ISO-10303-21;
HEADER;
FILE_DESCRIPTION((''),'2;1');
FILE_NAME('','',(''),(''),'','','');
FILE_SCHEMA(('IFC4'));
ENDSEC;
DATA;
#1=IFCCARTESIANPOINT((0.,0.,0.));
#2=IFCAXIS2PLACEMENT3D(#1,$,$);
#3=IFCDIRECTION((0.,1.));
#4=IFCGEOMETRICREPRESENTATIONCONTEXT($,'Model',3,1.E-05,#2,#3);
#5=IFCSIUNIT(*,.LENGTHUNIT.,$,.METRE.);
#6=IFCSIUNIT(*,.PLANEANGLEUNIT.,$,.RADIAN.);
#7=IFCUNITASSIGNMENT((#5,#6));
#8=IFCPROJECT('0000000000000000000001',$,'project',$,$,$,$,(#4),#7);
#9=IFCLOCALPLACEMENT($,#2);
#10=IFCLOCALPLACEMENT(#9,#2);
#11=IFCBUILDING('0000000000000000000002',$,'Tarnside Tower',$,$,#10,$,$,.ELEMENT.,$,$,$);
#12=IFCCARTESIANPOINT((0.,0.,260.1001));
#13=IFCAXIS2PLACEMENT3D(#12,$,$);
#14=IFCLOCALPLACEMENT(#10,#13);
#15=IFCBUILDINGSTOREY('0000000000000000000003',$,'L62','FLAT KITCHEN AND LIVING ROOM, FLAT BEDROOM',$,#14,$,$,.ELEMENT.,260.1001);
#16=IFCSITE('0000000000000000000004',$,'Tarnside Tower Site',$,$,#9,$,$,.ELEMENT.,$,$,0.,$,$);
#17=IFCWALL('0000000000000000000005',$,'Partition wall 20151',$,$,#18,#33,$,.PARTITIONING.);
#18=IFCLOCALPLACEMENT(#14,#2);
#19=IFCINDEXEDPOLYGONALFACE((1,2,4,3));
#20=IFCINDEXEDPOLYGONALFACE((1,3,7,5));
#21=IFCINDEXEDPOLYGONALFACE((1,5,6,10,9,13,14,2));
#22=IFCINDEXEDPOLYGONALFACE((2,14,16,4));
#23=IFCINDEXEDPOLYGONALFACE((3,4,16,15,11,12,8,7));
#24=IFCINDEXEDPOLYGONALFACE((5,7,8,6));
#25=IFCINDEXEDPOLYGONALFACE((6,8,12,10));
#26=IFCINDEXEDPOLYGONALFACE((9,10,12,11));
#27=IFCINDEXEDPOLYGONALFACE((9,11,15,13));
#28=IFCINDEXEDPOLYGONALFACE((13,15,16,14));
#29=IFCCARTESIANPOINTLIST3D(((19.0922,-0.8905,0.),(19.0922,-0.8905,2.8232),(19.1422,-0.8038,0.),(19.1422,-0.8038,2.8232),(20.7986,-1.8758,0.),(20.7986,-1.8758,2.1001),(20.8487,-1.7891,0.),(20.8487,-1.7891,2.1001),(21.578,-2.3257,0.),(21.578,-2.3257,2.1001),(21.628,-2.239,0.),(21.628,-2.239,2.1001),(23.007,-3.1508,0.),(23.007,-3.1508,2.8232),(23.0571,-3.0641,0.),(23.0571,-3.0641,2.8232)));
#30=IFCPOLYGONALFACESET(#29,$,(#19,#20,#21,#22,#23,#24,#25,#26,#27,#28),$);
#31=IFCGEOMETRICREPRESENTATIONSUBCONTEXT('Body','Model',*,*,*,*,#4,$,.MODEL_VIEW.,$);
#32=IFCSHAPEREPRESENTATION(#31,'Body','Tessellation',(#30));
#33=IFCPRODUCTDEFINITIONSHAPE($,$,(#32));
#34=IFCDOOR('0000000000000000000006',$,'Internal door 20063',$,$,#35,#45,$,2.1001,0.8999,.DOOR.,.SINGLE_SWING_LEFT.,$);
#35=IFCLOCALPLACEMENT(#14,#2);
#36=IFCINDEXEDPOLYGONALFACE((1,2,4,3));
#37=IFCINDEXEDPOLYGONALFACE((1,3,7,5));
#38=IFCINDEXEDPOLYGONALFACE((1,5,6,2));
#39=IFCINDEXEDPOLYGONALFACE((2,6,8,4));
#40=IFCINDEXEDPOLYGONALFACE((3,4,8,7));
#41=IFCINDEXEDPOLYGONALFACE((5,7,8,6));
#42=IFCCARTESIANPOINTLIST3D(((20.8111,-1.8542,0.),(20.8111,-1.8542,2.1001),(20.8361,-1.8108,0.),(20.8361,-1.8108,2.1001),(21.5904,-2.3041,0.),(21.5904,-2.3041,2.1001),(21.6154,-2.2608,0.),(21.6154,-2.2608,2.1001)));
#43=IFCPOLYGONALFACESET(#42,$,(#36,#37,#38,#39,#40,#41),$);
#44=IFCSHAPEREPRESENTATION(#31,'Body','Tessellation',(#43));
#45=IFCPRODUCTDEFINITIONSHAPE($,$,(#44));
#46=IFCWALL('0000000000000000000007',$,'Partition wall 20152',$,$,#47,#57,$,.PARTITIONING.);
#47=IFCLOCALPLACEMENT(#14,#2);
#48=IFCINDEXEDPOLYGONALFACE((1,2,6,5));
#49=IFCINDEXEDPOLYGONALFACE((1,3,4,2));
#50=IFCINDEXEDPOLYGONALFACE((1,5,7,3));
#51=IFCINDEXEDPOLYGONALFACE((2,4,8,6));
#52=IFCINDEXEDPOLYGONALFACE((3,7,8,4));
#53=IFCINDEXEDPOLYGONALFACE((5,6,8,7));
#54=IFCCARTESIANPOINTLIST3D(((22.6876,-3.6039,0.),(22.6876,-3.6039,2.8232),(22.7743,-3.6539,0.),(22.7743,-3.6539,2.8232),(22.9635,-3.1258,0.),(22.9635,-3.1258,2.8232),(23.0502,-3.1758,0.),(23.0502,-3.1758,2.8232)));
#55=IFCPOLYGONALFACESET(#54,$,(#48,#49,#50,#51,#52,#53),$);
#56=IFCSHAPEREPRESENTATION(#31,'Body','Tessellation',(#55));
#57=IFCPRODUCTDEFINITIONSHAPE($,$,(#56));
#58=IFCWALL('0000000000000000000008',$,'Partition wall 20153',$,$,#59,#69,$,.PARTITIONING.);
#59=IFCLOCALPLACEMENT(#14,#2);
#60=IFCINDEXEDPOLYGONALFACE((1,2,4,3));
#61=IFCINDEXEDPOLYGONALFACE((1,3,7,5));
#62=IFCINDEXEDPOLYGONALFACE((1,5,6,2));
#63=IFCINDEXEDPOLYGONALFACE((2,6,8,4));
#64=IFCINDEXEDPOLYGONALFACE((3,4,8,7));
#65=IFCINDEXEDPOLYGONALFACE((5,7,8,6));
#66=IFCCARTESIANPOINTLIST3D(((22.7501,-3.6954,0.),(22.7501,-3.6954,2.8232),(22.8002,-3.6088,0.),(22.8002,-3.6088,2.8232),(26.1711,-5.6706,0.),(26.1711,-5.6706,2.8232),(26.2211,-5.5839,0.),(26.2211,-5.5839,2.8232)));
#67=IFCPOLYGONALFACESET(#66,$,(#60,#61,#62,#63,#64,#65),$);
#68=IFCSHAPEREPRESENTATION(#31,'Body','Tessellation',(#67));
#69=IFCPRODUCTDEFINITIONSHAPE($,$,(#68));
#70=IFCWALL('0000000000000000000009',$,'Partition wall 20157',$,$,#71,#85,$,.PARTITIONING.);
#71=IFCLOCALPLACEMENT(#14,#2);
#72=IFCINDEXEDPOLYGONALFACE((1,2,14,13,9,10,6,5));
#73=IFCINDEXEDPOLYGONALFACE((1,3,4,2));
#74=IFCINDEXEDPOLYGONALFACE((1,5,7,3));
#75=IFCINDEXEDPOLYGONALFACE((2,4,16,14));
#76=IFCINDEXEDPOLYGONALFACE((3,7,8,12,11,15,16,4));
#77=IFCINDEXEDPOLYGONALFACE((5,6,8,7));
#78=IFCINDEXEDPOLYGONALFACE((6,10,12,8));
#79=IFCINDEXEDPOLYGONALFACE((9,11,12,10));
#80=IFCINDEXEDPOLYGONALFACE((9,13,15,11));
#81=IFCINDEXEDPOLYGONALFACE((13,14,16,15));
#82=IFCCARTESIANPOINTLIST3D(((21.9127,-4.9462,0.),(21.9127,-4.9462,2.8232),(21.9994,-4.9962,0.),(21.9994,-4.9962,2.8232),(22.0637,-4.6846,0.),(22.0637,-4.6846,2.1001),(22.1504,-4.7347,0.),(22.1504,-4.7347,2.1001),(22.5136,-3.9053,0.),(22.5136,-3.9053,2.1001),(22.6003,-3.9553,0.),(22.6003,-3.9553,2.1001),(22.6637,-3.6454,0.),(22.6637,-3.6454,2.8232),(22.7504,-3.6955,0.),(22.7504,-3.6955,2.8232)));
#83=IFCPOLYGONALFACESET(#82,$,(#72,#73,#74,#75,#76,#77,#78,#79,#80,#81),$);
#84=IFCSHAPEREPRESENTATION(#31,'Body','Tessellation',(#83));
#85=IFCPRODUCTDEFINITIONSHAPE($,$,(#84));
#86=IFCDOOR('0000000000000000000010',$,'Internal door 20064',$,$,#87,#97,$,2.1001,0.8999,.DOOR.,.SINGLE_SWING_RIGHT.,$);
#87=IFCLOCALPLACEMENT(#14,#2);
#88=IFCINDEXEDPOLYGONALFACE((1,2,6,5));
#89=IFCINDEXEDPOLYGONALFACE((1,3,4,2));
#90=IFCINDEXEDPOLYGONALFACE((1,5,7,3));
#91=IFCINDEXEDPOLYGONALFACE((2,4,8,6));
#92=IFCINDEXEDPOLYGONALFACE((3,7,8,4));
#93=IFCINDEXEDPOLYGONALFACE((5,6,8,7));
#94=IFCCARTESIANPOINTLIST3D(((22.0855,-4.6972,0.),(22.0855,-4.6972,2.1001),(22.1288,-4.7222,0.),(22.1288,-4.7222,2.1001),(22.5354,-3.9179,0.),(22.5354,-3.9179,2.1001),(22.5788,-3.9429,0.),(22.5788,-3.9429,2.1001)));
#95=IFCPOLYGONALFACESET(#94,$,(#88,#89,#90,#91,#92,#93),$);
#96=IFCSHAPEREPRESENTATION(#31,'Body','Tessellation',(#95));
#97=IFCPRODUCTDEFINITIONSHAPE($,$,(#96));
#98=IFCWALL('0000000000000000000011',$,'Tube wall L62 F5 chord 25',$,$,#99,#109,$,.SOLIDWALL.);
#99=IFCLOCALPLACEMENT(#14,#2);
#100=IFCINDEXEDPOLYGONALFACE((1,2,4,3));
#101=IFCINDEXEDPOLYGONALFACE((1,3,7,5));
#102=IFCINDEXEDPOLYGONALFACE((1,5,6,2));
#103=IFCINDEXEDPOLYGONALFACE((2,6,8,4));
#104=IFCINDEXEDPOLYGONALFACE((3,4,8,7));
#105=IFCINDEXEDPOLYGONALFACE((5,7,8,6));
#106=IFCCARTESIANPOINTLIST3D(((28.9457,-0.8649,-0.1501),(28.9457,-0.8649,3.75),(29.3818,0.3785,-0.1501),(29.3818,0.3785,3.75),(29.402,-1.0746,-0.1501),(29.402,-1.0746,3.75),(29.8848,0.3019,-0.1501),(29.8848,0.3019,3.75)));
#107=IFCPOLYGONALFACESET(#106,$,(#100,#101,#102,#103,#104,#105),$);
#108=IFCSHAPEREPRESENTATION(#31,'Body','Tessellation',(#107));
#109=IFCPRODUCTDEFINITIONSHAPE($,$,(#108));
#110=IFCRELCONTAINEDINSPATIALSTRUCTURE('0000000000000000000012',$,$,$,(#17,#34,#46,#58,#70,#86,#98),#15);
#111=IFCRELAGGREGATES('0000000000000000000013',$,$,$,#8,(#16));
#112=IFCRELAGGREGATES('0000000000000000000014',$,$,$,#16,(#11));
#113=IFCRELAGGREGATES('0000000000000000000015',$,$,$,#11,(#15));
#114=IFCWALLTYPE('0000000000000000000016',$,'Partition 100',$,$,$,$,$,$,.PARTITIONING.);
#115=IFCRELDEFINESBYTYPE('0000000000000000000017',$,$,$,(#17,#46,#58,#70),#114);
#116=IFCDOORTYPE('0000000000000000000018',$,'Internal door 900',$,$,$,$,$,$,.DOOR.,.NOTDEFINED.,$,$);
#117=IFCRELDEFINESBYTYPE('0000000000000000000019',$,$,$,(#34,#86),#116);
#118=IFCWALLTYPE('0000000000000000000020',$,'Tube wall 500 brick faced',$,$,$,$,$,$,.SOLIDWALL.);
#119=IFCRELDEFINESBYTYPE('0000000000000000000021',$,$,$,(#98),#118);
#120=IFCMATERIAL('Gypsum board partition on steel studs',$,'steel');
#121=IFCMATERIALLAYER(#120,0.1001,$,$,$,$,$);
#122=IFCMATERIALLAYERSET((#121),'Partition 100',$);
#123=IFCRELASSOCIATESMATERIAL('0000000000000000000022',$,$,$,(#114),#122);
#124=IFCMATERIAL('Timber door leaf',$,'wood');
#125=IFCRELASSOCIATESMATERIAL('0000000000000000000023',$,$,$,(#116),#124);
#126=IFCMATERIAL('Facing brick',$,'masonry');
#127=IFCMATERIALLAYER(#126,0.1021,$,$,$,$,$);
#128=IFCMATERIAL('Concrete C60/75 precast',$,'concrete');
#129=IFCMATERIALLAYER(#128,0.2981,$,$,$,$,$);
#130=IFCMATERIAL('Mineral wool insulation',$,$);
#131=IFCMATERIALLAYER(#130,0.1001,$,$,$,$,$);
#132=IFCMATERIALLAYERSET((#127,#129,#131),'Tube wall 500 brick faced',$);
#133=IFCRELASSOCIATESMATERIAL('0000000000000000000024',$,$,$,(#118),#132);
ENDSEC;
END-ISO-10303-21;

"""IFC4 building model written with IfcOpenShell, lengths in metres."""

from ifc_helpers import new_model, si_unit, direction, frame, frame_2d, origin, place, context, subcontext, project, spatial, polyline, rectangle, outline, extrude, material, layer, layer_set, type_object, element, fill, save


model = new_model("IFC4")

# Units and contexts
model_context = context("Model", 3, precision=1e-05, world=origin(), true_north=direction((0.0, 1.0)))
body_context = subcontext(model_context, "Body", "Model", "MODEL_VIEW")
ifc_project = project(units=[si_unit("LENGTHUNIT", "METRE"), si_unit("PLANEANGLEUNIT", "RADIAN")], contexts=[model_context])

# Site, building, storey
site_placement = place(None, origin())
site = spatial("IfcSite", under=ifc_project, at=site_placement, Name="Tarnside Tower Site", CompositionType="ELEMENT", RefElevation=0.0)
building_placement = place(site_placement, origin())
building = spatial("IfcBuilding", under=site, at=building_placement, Name="Tarnside Tower", CompositionType="ELEMENT")
storey_placement = place(building_placement, frame((0.0, 0.0, 260.1001)))
storey = spatial("IfcBuildingStorey", under=building, at=storey_placement, Name="L62", Description="FLAT KITCHEN AND LIVING ROOM, FLAT BEDROOM", CompositionType="ELEMENT", Elevation=260.1001)

# Shared definitions
ifc_material_1 = material(Name="Gypsum board partition on steel studs", Category="steel")

# Shared definitions
ifc_material_2 = material(Name="Timber door leaf", Category="wood")

# Wall, opening, door
ifc_layer_1 = layer(ifc_material_1, 0.1001)
ifc_layer_set_1 = layer_set([ifc_layer_1], Name="Partition 100")
wall_type_1 = type_object("IfcWallType", Name="Partition 100", PredefinedType="PARTITIONING", material=ifc_layer_set_1)
wall_1_placement = place(storey_placement, frame((19.1172, -0.8472, 0.0), z_axis=(0.0, 0.0, 1.0), x_axis=(0.866021, -0.500008, 0.0)))
wall_1 = element("IfcWall", 1, at=wall_1_placement, inside=storey, type_object=wall_type_1, Name="Partition wall 20151", PredefinedType="PARTITIONING", context=body_context, shape_type="SweptSolid", body=[
    extrude(rectangle(XDim=4.5205, YDim=0.1001, at=frame_2d((2.2603, 0.0))), origin(), (0.0, 0.0, 1.0), 2.8232),
])
opening_1_placement = place(wall_1_placement, frame((1.9705, 0.0, 0.0)))
opening_1 = element("IfcOpeningElement", 2, at=opening_1_placement, cuts=wall_1, PredefinedType="OPENING", context=body_context, shape_type="SweptSolid", body=[
    extrude(rectangle(XDim=0.8999, YDim=2.1001, at=frame_2d((0.45, 1.05))), frame((0.0, 0.0601, 0.0), z_axis=(0.0, -1.0, 0.0), x_axis=(1.0, 0.0, 0.0)), (0.0, 0.0, 1.0), 0.1201),
])
door_type_1 = type_object("IfcDoorType", Name="Internal door 900", OperationType="NOTDEFINED", PredefinedType="DOOR", material=ifc_material_2)
door_1_placement = place(opening_1_placement, origin())
door_1 = element("IfcDoor", 3, at=door_1_placement, inside=storey, type_object=door_type_1, Name="Internal door 20063", OperationType="SINGLE_SWING_LEFT", OverallHeight=2.1001, OverallWidth=0.8999, PredefinedType="DOOR", context=body_context, shape_type="SweptSolid", body=[
    extrude(rectangle(XDim=0.8999, YDim=2.1001, at=frame_2d((0.45, 1.05))), frame((0.0, 0.0249, 0.0), z_axis=(0.0, -1.0, 0.0), x_axis=(1.0, 0.0, 0.0)), (0.0, 0.0, 1.0), 0.05),
])
fill(opening_1, door_1)

# Walls
wall_2_placement = place(storey_placement, frame((23.0068, -3.1509, 0.0), z_axis=(0.0, 0.0, 1.0), x_axis=(-0.49985, -0.866112, 0.0)))
element("IfcWall", 4, at=wall_2_placement, inside=storey, type_object=wall_type_1, Name="Partition wall 20152", PredefinedType="PARTITIONING", context=body_context, shape_type="SweptSolid", body=[
    extrude(rectangle(XDim=0.552, YDim=0.1001, at=frame_2d((0.2759, 0.0))), origin(), (0.0, 0.0, 1.0), 2.8232),
])
wall_3_placement = place(storey_placement, frame((22.7751, -3.6521, 0.0), z_axis=(0.0, 0.0, 1.0), x_axis=(0.866021, -0.500008, 0.0)))
element("IfcWall", 5, at=wall_3_placement, inside=storey, type_object=wall_type_1, Name="Partition wall 20153", PredefinedType="PARTITIONING", context=body_context, shape_type="SweptSolid", body=[
    extrude(rectangle(XDim=3.9502, YDim=0.1001, at=frame_2d((1.9751, 0.0))), origin(), (0.0, 0.0, 1.0), 2.8232),
])

# Wall, opening, door
wall_4_placement = place(storey_placement, frame((21.9561, -4.9712, 0.0), z_axis=(0.0, 0.0, 1.0), x_axis=(0.499985, 0.866034, 0.0)))
wall_4 = element("IfcWall", 6, at=wall_4_placement, inside=storey, type_object=wall_type_1, Name="Partition wall 20157", PredefinedType="PARTITIONING", context=body_context, shape_type="SweptSolid", body=[
    extrude(rectangle(XDim=1.502, YDim=0.1001, at=frame_2d((0.751, 0.0))), origin(), (0.0, 0.0, 1.0), 2.8232),
])
opening_2_placement = place(wall_4_placement, frame((0.302, 0.0, 0.0)))
opening_2 = element("IfcOpeningElement", 7, at=opening_2_placement, cuts=wall_4, PredefinedType="OPENING", context=body_context, shape_type="SweptSolid", body=[
    extrude(rectangle(XDim=0.8999, YDim=2.1001, at=frame_2d((0.45, 1.05))), frame((0.0, 0.0601, 0.0), z_axis=(0.0, -1.0, 0.0), x_axis=(1.0, 0.0, 0.0)), (0.0, 0.0, 1.0), 0.1201),
])
door_2_placement = place(opening_2_placement, origin())
door_2 = element("IfcDoor", 8, at=door_2_placement, inside=storey, type_object=door_type_1, Name="Internal door 20064", OperationType="SINGLE_SWING_RIGHT", OverallHeight=2.1001, OverallWidth=0.8999, PredefinedType="DOOR", context=body_context, shape_type="SweptSolid", body=[
    extrude(rectangle(XDim=0.8999, YDim=2.1001, at=frame_2d((0.45, 1.05))), frame((0.0, 0.0249, 0.0), z_axis=(0.0, -1.0, 0.0), x_axis=(1.0, 0.0, 0.0)), (0.0, 0.0, 1.0), 0.05),
])
fill(opening_2, door_2)

# Wall
ifc_material_3 = material(Name="Facing brick", Category="masonry")
ifc_layer_2 = layer(ifc_material_3, 0.1021)
ifc_material_4 = material(Name="Concrete C60/75 precast", Category="concrete")
ifc_layer_3 = layer(ifc_material_4, 0.2981)
ifc_material_5 = material(Name="Mineral wool insulation")
ifc_layer_4 = layer(ifc_material_5, 0.1001)
ifc_layer_set_2 = layer_set([ifc_layer_2, ifc_layer_3, ifc_layer_4], Name="Tube wall 500 brick faced")
wall_type_2 = type_object("IfcWallType", Name="Tube wall 500 brick faced", PredefinedType="SOLIDWALL", material=ifc_layer_set_2)
wall_5_placement = place(storey_placement, frame((29.1738, -0.9697, -0.1501), z_axis=(0.0, 0.0, 1.0), x_axis=(0.330961, 0.943644, 0.0)))
element("IfcWall", 9, at=wall_5_placement, inside=storey, type_object=wall_type_2, Name="Tube wall L62 F5 chord 25", PredefinedType="SOLIDWALL", context=body_context, shape_type="SweptSolid", body=[
    extrude(outline(polyline([(-0.0234, -0.25), (1.4353, -0.25), (1.3411, 0.25), (0.0234, 0.25), (-0.0234, -0.25)])), origin(), (0.0, 0.0, 1.0), 3.9001),
])

save(model, "model.ifc")
